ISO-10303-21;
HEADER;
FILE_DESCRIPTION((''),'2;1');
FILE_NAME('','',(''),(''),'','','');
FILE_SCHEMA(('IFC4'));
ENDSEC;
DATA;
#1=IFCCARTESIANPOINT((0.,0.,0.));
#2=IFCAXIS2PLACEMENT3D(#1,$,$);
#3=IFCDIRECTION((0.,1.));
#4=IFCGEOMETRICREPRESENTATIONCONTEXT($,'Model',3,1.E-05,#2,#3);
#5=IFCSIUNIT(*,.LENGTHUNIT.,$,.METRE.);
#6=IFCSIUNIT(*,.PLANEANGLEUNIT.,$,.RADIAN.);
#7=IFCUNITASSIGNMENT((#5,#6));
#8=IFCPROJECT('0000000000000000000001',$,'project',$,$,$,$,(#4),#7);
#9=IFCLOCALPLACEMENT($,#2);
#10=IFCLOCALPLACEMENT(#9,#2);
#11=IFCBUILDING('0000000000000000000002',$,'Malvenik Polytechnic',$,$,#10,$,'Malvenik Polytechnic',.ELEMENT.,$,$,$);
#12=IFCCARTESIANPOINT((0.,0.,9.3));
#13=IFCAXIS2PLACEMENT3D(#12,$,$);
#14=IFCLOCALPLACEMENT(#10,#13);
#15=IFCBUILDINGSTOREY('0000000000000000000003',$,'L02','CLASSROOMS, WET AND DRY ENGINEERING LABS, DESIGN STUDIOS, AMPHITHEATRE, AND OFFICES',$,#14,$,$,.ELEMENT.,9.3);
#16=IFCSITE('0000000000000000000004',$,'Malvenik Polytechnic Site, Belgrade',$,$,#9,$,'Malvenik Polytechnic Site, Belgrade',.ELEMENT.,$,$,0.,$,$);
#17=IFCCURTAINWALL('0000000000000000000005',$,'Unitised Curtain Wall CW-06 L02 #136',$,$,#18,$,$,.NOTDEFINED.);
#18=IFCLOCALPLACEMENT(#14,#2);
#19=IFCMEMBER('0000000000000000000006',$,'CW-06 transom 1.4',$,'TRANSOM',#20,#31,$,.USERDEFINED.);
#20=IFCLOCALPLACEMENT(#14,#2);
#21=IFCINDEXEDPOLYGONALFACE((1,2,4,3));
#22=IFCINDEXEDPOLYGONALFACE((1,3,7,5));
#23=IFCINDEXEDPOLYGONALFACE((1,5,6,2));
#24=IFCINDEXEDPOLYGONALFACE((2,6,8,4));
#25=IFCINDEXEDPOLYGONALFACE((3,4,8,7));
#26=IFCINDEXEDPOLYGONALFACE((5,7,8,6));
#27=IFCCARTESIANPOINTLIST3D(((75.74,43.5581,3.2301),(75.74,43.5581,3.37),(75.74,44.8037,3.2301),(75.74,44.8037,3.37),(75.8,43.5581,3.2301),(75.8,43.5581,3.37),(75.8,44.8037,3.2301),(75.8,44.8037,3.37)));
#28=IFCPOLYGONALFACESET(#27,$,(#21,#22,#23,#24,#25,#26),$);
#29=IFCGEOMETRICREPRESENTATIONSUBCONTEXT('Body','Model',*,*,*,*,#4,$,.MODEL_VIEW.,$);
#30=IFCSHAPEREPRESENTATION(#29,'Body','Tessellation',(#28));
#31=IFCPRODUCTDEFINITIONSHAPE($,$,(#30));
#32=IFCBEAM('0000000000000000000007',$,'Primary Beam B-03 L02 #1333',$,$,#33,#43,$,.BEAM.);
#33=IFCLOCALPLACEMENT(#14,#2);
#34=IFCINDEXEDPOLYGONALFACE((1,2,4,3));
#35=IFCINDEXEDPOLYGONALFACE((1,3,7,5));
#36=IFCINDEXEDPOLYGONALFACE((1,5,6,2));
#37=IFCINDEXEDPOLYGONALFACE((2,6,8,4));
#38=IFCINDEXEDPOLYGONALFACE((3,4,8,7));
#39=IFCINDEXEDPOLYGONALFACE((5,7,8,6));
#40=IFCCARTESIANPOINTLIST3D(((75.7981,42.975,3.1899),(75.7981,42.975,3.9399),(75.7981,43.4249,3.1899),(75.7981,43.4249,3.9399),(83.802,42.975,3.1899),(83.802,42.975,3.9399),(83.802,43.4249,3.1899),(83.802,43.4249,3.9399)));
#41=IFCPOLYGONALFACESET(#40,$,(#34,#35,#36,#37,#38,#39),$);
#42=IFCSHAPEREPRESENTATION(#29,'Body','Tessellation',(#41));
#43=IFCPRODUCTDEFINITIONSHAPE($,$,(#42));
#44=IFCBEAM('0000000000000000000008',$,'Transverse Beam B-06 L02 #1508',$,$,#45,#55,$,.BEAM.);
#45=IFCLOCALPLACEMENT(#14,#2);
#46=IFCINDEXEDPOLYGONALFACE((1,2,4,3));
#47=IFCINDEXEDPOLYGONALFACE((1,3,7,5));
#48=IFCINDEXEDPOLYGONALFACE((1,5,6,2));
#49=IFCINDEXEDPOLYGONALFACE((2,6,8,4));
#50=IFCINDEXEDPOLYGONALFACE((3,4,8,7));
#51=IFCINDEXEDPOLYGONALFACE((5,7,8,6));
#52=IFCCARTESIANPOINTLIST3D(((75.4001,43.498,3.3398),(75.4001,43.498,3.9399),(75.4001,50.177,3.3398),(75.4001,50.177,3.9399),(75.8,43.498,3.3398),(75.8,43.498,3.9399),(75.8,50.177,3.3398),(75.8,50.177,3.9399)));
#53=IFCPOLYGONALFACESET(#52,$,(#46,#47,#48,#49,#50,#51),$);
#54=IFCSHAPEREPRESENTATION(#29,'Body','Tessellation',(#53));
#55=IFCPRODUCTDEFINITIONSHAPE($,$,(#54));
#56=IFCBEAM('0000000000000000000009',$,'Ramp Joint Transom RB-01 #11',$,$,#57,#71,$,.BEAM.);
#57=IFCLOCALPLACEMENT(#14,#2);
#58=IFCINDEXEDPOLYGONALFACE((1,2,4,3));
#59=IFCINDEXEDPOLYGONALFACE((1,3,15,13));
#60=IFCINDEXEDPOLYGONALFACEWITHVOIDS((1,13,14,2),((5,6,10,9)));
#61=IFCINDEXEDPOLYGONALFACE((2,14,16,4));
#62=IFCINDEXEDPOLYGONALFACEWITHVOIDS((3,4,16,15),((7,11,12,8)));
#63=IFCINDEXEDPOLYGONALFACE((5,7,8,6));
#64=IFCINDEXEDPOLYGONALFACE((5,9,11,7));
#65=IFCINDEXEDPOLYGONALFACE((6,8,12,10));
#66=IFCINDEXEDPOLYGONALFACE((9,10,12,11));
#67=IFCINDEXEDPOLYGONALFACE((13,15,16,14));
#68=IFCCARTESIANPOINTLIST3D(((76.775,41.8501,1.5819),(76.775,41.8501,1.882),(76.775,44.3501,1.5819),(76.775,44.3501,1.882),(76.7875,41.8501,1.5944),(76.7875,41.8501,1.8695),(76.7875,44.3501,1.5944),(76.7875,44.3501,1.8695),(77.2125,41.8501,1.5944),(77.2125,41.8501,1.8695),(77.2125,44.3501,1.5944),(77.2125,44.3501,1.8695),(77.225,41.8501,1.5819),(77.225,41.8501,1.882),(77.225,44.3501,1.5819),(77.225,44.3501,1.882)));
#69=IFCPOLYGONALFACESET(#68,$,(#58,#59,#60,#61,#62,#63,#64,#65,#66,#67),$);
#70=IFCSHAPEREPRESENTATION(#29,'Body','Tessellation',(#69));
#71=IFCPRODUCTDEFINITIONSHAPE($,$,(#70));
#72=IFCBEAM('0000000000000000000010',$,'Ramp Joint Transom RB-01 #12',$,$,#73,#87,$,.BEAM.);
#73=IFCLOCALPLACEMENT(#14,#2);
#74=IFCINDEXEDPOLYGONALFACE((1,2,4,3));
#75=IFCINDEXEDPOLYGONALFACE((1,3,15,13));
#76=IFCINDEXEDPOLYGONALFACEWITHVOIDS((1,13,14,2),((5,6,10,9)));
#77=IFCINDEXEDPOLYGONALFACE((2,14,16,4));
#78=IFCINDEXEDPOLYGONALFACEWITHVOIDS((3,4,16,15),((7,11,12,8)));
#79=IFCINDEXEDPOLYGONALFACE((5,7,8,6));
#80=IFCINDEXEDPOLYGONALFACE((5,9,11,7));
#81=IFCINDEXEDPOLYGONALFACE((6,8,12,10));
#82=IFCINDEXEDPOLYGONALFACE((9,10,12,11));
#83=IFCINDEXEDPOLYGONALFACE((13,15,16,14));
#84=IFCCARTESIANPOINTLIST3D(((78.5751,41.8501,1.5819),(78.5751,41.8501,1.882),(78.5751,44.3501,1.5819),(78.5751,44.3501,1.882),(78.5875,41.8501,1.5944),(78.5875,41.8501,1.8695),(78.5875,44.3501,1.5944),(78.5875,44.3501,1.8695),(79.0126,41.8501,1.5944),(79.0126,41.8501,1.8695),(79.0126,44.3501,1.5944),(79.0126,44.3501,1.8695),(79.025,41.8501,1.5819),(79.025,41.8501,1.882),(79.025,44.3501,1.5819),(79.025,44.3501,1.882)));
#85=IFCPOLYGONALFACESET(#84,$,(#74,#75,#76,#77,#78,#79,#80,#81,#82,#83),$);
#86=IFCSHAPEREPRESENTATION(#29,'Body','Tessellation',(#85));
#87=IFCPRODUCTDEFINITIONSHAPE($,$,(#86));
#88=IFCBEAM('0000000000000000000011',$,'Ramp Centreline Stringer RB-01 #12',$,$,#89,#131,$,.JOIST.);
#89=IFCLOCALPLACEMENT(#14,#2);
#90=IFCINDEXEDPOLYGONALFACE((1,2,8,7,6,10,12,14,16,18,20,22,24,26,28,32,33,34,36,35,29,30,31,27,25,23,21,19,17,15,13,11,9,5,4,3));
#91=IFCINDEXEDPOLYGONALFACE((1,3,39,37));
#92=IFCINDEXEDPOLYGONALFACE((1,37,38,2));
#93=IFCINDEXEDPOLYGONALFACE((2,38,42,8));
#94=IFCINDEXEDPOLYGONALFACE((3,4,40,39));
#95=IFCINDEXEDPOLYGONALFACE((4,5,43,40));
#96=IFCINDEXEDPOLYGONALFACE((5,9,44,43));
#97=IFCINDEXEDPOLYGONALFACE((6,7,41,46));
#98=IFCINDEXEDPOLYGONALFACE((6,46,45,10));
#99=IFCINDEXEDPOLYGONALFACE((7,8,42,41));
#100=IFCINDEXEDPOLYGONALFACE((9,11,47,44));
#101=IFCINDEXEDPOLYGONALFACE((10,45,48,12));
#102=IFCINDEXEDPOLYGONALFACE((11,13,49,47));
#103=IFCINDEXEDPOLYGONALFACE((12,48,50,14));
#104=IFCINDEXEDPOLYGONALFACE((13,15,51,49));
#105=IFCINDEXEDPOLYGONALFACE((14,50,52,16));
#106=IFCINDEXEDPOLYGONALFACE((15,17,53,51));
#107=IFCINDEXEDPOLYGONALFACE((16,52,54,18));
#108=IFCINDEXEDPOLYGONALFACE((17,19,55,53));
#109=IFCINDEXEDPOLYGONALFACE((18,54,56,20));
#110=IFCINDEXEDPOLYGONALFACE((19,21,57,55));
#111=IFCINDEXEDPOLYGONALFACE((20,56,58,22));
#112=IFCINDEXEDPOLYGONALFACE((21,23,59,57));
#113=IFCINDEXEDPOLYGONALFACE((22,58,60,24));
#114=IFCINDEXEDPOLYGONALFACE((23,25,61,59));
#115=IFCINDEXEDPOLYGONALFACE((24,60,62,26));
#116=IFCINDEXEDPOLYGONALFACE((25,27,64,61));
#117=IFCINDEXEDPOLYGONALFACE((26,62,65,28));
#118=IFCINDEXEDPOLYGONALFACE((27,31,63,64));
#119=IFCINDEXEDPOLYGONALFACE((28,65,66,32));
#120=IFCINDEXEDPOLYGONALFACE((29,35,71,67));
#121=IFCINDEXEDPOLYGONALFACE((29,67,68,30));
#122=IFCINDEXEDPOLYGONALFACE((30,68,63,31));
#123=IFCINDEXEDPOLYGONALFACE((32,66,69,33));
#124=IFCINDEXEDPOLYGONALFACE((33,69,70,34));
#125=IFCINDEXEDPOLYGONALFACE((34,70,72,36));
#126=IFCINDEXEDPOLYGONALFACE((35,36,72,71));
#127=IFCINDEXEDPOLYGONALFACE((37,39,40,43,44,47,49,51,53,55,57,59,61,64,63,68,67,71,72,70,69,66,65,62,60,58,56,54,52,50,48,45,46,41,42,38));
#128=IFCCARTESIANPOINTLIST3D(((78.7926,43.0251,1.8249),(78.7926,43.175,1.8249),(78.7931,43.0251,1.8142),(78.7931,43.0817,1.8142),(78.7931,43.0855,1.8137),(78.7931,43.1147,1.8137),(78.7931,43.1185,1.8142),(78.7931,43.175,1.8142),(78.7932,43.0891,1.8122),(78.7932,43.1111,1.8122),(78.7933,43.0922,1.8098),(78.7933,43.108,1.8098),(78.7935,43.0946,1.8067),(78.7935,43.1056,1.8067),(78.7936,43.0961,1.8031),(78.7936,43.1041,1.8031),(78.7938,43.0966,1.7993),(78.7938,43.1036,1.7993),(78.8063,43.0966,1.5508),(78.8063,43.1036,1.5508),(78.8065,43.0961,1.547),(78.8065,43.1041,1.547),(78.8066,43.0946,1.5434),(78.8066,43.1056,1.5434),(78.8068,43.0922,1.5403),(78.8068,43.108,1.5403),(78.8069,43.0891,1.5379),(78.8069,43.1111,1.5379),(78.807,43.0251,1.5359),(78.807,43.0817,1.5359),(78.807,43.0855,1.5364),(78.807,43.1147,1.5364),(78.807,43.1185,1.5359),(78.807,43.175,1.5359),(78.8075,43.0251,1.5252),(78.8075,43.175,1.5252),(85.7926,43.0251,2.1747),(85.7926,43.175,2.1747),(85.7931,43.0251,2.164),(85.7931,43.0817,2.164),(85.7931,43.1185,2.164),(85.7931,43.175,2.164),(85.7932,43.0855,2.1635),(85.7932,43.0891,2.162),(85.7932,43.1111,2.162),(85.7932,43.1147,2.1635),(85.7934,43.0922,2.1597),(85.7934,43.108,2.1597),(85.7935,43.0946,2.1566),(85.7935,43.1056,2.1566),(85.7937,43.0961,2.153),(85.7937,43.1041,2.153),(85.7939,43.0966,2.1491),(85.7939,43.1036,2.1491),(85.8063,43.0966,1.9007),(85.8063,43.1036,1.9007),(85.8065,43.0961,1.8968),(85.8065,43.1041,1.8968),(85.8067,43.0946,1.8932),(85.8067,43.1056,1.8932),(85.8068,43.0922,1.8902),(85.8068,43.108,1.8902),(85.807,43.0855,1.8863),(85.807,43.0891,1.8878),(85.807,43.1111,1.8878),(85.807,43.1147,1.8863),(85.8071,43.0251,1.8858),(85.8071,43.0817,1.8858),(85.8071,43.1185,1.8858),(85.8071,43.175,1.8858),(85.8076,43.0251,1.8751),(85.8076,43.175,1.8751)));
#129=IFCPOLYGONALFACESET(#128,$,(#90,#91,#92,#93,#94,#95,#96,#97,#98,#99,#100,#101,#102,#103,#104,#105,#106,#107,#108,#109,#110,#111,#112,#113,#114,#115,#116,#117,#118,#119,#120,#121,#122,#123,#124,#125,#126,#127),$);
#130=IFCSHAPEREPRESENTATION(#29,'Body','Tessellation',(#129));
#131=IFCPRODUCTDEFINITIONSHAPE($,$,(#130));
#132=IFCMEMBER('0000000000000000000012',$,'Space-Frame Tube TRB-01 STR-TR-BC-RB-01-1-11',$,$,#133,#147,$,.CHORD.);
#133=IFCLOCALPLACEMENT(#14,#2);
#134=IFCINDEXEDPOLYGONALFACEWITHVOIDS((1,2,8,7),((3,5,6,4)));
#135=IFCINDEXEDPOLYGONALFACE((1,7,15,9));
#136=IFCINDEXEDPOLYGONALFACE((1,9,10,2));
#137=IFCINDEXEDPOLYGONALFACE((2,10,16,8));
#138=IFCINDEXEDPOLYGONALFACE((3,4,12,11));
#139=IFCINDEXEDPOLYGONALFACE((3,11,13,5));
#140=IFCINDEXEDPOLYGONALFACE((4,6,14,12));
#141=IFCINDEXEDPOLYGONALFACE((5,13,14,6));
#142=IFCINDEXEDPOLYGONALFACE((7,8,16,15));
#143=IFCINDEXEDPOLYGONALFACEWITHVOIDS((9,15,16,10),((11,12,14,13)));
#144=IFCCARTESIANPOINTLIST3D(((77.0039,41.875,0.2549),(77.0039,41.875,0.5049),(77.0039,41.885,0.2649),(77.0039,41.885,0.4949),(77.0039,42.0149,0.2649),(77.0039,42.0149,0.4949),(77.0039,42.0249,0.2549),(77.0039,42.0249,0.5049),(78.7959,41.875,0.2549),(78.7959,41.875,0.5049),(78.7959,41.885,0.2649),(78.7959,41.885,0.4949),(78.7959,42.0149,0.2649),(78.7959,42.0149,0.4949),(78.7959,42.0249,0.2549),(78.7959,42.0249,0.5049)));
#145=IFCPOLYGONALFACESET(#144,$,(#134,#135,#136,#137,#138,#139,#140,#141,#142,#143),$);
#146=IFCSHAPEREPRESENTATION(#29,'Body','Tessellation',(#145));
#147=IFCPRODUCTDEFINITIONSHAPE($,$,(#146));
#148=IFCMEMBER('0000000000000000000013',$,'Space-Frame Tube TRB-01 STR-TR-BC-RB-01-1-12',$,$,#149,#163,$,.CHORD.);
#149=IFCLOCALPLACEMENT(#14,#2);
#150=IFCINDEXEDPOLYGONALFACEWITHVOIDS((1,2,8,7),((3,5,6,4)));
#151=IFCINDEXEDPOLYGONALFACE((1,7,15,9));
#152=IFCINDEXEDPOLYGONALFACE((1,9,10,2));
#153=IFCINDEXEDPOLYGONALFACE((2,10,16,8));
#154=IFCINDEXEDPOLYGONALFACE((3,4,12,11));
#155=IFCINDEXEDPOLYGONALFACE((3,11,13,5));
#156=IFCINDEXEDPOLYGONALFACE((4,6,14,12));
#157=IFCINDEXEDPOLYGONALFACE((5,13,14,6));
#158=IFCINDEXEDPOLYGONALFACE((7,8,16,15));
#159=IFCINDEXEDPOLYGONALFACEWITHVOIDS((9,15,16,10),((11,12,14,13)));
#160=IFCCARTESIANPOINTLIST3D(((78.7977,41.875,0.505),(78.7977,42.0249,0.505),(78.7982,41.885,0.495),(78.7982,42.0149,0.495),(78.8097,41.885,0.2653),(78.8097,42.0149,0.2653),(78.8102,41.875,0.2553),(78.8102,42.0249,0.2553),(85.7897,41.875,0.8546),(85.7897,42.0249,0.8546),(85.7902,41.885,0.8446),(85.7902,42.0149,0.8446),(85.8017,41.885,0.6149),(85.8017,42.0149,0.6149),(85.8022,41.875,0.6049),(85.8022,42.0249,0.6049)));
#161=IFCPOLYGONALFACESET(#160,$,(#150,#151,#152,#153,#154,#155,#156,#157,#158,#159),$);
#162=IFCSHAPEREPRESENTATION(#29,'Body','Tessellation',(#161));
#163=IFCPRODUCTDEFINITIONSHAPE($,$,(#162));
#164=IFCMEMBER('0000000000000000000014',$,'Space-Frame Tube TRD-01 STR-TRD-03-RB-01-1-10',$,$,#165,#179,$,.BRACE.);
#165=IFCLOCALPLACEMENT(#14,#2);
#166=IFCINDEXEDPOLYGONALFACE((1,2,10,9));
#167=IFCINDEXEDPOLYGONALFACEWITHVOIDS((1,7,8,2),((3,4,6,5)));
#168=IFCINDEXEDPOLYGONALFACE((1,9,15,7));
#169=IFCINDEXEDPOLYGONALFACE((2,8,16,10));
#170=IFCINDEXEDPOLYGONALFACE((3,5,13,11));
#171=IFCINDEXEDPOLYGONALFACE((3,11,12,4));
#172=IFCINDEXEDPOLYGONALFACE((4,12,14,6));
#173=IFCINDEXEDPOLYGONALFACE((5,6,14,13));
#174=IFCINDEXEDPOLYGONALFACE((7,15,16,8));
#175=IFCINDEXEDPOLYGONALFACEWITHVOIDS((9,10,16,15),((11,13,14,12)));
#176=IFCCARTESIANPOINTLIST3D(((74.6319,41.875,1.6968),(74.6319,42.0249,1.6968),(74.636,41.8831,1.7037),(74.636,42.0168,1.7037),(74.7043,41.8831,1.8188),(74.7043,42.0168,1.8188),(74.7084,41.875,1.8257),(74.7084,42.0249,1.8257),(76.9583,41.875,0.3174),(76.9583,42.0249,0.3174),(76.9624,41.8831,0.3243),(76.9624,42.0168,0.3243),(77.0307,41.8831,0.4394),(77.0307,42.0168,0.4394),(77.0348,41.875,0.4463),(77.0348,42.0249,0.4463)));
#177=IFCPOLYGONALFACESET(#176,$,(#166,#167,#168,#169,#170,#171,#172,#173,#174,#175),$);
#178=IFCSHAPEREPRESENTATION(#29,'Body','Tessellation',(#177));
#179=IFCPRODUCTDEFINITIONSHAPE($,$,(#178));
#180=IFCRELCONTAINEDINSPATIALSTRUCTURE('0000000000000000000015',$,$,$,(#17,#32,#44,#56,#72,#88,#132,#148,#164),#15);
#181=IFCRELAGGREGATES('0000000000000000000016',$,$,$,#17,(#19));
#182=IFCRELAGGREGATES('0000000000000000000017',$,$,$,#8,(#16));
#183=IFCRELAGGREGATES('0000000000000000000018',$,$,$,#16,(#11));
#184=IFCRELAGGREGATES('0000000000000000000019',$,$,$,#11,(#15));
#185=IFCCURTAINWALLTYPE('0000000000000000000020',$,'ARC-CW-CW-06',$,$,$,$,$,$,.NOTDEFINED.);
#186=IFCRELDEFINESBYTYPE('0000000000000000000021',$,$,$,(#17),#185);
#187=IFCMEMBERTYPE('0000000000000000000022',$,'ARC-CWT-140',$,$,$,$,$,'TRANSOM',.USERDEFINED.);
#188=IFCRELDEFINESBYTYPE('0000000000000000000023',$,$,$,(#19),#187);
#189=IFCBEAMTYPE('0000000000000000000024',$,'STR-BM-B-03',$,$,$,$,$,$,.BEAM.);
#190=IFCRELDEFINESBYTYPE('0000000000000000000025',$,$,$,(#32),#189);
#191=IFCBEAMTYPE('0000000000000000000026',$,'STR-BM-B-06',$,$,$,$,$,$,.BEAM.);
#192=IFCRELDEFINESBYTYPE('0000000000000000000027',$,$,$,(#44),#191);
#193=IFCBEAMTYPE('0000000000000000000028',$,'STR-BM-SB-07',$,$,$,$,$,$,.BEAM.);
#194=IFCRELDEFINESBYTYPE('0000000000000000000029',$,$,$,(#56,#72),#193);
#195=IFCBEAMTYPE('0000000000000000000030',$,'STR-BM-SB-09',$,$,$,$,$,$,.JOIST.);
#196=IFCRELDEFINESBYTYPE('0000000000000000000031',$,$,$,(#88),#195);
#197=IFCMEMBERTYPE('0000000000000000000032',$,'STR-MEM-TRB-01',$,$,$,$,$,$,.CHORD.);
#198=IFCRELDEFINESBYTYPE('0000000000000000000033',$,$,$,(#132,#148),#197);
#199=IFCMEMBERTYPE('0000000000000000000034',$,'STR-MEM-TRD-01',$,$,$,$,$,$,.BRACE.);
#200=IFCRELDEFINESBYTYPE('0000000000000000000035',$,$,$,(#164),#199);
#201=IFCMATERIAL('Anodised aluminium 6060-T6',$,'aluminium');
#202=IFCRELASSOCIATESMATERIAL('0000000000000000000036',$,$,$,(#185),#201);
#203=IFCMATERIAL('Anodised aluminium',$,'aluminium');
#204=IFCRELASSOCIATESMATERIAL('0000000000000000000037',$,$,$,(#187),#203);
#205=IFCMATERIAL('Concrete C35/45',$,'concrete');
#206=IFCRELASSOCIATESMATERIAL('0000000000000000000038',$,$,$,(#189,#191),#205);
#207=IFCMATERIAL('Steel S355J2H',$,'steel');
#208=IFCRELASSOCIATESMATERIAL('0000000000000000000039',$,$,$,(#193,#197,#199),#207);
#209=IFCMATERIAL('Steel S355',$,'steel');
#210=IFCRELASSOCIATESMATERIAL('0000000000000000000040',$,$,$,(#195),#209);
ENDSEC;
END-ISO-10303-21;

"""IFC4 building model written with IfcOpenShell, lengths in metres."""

from ifc_helpers import new_model, si_unit, direction, frame, origin, origin_2d, place, context, subcontext, project, spatial, rectangle, hollow_rectangle, i_section, extrude, material, material_profile, profile_set, type_object, element, aggregate, save


model = new_model("IFC4")

# Units and contexts
model_context = context("Model", 3, precision=1e-05, world=origin(), true_north=direction((0.0, 1.0)))
body_context = subcontext(model_context, "Body", "Model", "MODEL_VIEW")
ifc_project = project(units=[si_unit("LENGTHUNIT", "METRE"), si_unit("PLANEANGLEUNIT", "RADIAN")], contexts=[model_context])

# Site, building, storey
site_placement = place(None, origin())
site = spatial("IfcSite", under=ifc_project, at=site_placement, Name="Malvenik Polytechnic Site, Belgrade", LongName="Malvenik Polytechnic Site, Belgrade", CompositionType="ELEMENT", RefElevation=0.0)
building_placement = place(site_placement, origin())
building = spatial("IfcBuilding", under=site, at=building_placement, Name="Malvenik Polytechnic", LongName="Malvenik Polytechnic", CompositionType="ELEMENT")
storey_placement = place(building_placement, frame((0.0, 0.0, 9.3)))
storey = spatial("IfcBuildingStorey", under=building, at=storey_placement, Name="L02", Description="CLASSROOMS, WET AND DRY ENGINEERING LABS, DESIGN STUDIOS, AMPHITHEATRE, AND OFFICES", CompositionType="ELEMENT", Elevation=9.3)

# Shared definitions
ifc_material_1 = material(Name="Concrete C35/45", Category="concrete")
ifc_material_2 = material(Name="Steel S355J2H", Category="steel")

# Curtain wall
ifc_material_3 = material(Name="Anodised aluminium 6060-T6", Category="aluminium")
curtain_wall_type = type_object("IfcCurtainWallType", Name="ARC-CW-CW-06", PredefinedType="NOTDEFINED", material=ifc_material_3)
curtain_wall_1_placement = place(storey_placement, origin())
curtain_wall_1 = element("IfcCurtainWall", 1, at=curtain_wall_1_placement, inside=storey, type_object=curtain_wall_type, Name="Unitised Curtain Wall CW-06 L02 #136", PredefinedType="NOTDEFINED")
ifc_material_4 = material(Name="Anodised aluminium", Category="aluminium")

# Member
ifc_material_profile_1 = material_profile(ifc_material_4, rectangle(XDim=0.0601, YDim=0.1399, at=origin_2d()), Name="ALU TRANSOM 60x140")
ifc_profile_set_1 = profile_set([ifc_material_profile_1], Name="Anodised aluminium")
member_type_1 = type_object("IfcMemberType", Name="ARC-CWT-140", ElementType="TRANSOM", PredefinedType="USERDEFINED", material=ifc_profile_set_1)
member_1_placement = place(storey_placement, frame((75.77, 43.5581, 3.3), z_axis=(0.0, 1.0, 0.0), x_axis=(-1.0, 0.0, 0.0)))
member_1 = element("IfcMember", 2, at=member_1_placement, type_object=member_type_1, Name="CW-06 transom 1.4", ObjectType="TRANSOM", PredefinedType="USERDEFINED", context=body_context, shape_type="SweptSolid", body=[
    extrude(rectangle(XDim=0.0601, YDim=0.1399, at=origin_2d()), origin(), (0.0, 0.0, 1.0), 1.2456),
])

# Beams
ifc_material_profile_2 = material_profile(ifc_material_1, rectangle(XDim=0.45, YDim=0.75, at=origin_2d()), Name="RC BM 450x750")
ifc_profile_set_2 = profile_set([ifc_material_profile_2], Name="Concrete C35/45")
beam_type_1 = type_object("IfcBeamType", Name="STR-BM-B-03", PredefinedType="BEAM", material=ifc_profile_set_2)
beam_1_placement = place(storey_placement, frame((75.7981, 43.2, 3.5649), z_axis=(1.0, 0.0, 0.0), x_axis=(0.0, 1.0, 0.0)))
element("IfcBeam", 3, at=beam_1_placement, inside=storey, type_object=beam_type_1, Name="Primary Beam B-03 L02 #1333", PredefinedType="BEAM", context=body_context, shape_type="SweptSolid", body=[
    extrude(rectangle(XDim=0.45, YDim=0.75, at=origin_2d()), origin(), (0.0, 0.0, 1.0), 8.0039),
])
ifc_material_profile_3 = material_profile(ifc_material_1, rectangle(XDim=0.3999, YDim=0.6001, at=origin_2d()), Name="RC BM 400x600")
ifc_profile_set_3 = profile_set([ifc_material_profile_3], Name="Concrete C35/45")
beam_type_2 = type_object("IfcBeamType", Name="STR-BM-B-06", PredefinedType="BEAM", material=ifc_profile_set_3)
beam_2_placement = place(storey_placement, frame((75.6001, 43.498, 3.6399), z_axis=(0.0, 1.0, 0.0), x_axis=(-1.0, 0.0, 0.0)))
element("IfcBeam", 4, at=beam_2_placement, inside=storey, type_object=beam_type_2, Name="Transverse Beam B-06 L02 #1508", PredefinedType="BEAM", context=body_context, shape_type="SweptSolid", body=[
    extrude(rectangle(XDim=0.3999, YDim=0.6001, at=origin_2d()), origin(), (0.0, 0.0, 1.0), 6.679),
])
ifc_material_profile_4 = material_profile(ifc_material_2, hollow_rectangle(XDim=0.45, YDim=0.3, WallThickness=0.0125, at=origin_2d()), Name="RHS 450x300x12.5")
ifc_profile_set_4 = profile_set([ifc_material_profile_4], Name="Steel S355J2H")
beam_type_3 = type_object("IfcBeamType", Name="STR-BM-SB-07", PredefinedType="BEAM", material=ifc_profile_set_4)
for number, where, z_axis, x_axis, name in (
    (5, (77.0, 41.8501, 1.7319), (0.0, 1.0, 0.0), (-1.0, 0.0, 0.0), "Ramp Joint Transom RB-01 #11"),
    (6, (78.8, 41.8501, 1.7319), (0.0, 1.0, 0.0), (-1.0, 0.0, 0.0), "Ramp Joint Transom RB-01 #12"),
):
    element("IfcBeam", number, at=place(storey_placement, frame(where, z_axis=z_axis, x_axis=x_axis)), inside=storey, type_object=beam_type_3, Name=name, PredefinedType="BEAM", context=body_context, shape_type="SweptSolid", body=[
        extrude(hollow_rectangle(XDim=0.45, YDim=0.3, WallThickness=0.0125, at=origin_2d()), origin(), (0.0, 0.0, 1.0), 2.5),
    ])
ifc_material_5 = material(Name="Steel S355", Category="steel")
ifc_material_profile_5 = material_profile(ifc_material_5, i_section(OverallWidth=0.1499, OverallDepth=0.3, WebThickness=0.0071, FlangeThickness=0.0107, FilletRadius=0.0149, at=origin_2d()), Name="IPE 300")
ifc_profile_set_5 = profile_set([ifc_material_profile_5], Name="Steel S355")
beam_type_4 = type_object("IfcBeamType", Name="STR-BM-SB-09", PredefinedType="JOIST", material=ifc_profile_set_5)
beam_3_placement = place(storey_placement, frame((78.8, 43.1001, 1.675), z_axis=(0.998753, 0.0, 0.049917), x_axis=(0.0, 1.0, 0.0)))
element("IfcBeam", 7, at=beam_3_placement, inside=storey, type_object=beam_type_4, Name="Ramp Centreline Stringer RB-01 #12", PredefinedType="JOIST", context=body_context, shape_type="SweptSolid", body=[
    extrude(i_section(OverallWidth=0.1499, OverallDepth=0.3, WebThickness=0.0071, FlangeThickness=0.0107, FilletRadius=0.0149, at=origin_2d()), origin(), (0.0, 0.0, 1.0), 7.0088),
])

# Members
ifc_material_profile_6 = material_profile(ifc_material_2, hollow_rectangle(XDim=0.1499, YDim=0.25, WallThickness=0.01, at=origin_2d()), Name="RHS 250x150x10.0")
ifc_profile_set_6 = profile_set([ifc_material_profile_6], Name="Steel S355J2H")
member_type_2 = type_object("IfcMemberType", Name="STR-MEM-TRB-01", PredefinedType="CHORD", material=ifc_profile_set_6)
member_2_placement = place(storey_placement, frame((77.0039, 41.95, 0.3799), z_axis=(1.0, 0.0, 0.0), x_axis=(0.0, 1.0, 0.0)))
element("IfcMember", 8, at=member_2_placement, inside=storey, type_object=member_type_2, Name="Space-Frame Tube TRB-01 STR-TR-BC-RB-01-1-11", PredefinedType="CHORD", context=body_context, shape_type="SweptSolid", body=[
    extrude(hollow_rectangle(XDim=0.1499, YDim=0.25, WallThickness=0.01, at=origin_2d()), origin(), (0.0, 0.0, 1.0), 1.792),
])
member_3_placement = place(storey_placement, frame((78.804, 41.95, 0.3801), z_axis=(0.998752, 0.0, 0.049939), x_axis=(0.0, 1.0, 0.0)))
element("IfcMember", 9, at=member_3_placement, inside=storey, type_object=member_type_2, Name="Space-Frame Tube TRB-01 STR-TR-BC-RB-01-1-12", PredefinedType="CHORD", context=body_context, shape_type="SweptSolid", body=[
    extrude(hollow_rectangle(XDim=0.1499, YDim=0.25, WallThickness=0.01, at=origin_2d()), origin(), (0.0, 0.0, 1.0), 7.0007),
])
ifc_material_profile_7 = material_profile(ifc_material_2, hollow_rectangle(XDim=0.1499, YDim=0.1499, WallThickness=0.0081, at=origin_2d()), Name="SHS 150x150x8.0")
ifc_profile_set_7 = profile_set([ifc_material_profile_7], Name="Steel S355J2H")
member_type_3 = type_object("IfcMemberType", Name="STR-MEM-TRD-01", PredefinedType="BRACE", material=ifc_profile_set_7)
for number, where, z_axis, x_axis, name in (
    (10, (74.6702, 41.95, 1.7612), (0.860165, 0.0, -0.510015), (0.0, 1.0, 0.0), "Space-Frame Tube TRD-01 STR-TRD-03-RB-01-1-10"),
):
    element("IfcMember", number, at=place(storey_placement, frame(where, z_axis=z_axis, x_axis=x_axis)), inside=storey, type_object=member_type_3, Name=name, PredefinedType="BRACE", context=body_context, shape_type="SweptSolid", body=[
        extrude(hollow_rectangle(XDim=0.1499, YDim=0.1499, WallThickness=0.0081, at=origin_2d()), origin(), (0.0, 0.0, 1.0), 2.7046),
    ])

aggregate(curtain_wall_1, [member_1])

save(model, "model.ifc")
